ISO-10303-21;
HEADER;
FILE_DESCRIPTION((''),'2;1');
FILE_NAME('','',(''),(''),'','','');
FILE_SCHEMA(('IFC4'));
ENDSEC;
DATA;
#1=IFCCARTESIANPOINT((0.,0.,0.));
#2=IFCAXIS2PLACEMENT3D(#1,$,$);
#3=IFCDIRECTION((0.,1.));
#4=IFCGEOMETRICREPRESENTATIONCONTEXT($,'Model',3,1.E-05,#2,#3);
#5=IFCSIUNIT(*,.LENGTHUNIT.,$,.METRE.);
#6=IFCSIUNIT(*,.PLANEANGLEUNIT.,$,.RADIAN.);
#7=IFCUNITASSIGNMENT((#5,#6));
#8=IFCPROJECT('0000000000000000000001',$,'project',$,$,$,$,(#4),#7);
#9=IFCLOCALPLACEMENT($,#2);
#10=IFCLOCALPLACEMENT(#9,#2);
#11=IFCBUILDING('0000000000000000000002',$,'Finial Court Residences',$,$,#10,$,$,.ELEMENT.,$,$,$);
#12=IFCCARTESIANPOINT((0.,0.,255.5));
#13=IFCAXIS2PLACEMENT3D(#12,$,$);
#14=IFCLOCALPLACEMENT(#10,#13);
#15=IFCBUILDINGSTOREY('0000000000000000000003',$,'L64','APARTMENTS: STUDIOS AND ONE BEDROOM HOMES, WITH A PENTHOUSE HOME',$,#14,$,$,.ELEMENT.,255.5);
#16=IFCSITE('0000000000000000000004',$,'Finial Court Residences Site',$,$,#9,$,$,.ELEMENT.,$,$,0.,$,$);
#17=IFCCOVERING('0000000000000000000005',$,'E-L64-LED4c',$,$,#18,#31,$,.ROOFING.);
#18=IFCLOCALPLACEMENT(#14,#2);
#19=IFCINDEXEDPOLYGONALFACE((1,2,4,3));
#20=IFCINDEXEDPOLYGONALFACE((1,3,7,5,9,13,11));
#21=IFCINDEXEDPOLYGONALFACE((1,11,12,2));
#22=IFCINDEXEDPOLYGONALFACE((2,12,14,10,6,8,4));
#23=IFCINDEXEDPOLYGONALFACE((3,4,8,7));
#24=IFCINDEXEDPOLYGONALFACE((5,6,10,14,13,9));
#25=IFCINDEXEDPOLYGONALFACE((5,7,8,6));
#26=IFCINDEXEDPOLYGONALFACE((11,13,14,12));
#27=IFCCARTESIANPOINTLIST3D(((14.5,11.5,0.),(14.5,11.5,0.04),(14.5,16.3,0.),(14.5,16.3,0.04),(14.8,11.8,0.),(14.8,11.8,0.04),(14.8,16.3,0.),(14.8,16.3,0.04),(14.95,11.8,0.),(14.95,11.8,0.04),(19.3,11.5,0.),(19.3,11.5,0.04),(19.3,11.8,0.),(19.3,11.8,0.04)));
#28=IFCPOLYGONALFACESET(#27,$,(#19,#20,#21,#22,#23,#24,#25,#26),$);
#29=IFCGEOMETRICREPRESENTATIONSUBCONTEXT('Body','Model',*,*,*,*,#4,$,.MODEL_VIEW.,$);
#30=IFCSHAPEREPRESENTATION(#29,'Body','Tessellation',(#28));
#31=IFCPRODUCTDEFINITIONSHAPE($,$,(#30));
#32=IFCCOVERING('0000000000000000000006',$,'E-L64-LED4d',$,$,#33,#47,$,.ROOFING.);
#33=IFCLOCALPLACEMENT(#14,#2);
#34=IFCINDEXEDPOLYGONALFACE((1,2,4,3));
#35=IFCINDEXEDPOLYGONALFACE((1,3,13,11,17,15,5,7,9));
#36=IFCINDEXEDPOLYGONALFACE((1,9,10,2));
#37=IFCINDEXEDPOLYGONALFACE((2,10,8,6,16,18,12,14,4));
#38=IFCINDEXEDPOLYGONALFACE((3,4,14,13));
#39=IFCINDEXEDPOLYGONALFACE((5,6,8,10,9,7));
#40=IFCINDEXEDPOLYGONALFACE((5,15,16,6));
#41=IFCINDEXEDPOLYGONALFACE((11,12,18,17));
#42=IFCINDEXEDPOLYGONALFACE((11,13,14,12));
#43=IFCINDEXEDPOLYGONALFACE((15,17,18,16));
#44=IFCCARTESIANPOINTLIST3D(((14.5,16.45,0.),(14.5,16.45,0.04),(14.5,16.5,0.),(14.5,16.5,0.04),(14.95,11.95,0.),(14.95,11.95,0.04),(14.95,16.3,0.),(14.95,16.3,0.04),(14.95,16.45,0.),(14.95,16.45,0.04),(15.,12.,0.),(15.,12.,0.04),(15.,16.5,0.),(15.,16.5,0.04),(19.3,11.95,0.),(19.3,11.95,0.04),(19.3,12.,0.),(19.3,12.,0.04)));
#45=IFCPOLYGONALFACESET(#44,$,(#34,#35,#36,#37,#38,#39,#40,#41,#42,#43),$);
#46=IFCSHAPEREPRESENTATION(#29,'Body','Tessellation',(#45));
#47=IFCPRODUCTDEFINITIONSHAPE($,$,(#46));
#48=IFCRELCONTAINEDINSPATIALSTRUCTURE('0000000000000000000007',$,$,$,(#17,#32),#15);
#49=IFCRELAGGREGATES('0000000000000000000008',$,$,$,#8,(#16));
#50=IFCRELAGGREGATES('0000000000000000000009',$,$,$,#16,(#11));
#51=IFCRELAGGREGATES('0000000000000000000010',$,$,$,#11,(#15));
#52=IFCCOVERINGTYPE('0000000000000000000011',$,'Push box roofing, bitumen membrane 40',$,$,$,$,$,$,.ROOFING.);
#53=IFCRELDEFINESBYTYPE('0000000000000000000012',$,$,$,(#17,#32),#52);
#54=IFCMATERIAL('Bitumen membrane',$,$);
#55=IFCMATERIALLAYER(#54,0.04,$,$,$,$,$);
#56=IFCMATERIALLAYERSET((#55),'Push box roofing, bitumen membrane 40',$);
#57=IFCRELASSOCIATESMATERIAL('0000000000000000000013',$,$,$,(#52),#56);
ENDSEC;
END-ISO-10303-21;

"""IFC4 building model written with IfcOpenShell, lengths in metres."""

from ifc_helpers import new_model, si_unit, direction, frame, origin, place, context, subcontext, project, spatial, polyline, outline, extrude, material, layer, layer_set, type_object, element, save


model = new_model("IFC4")

# Units and contexts
model_context = context("Model", 3, precision=1e-05, world=origin(), true_north=direction((0.0, 1.0)))
body_context = subcontext(model_context, "Body", "Model", "MODEL_VIEW")
ifc_project = project(units=[si_unit("LENGTHUNIT", "METRE"), si_unit("PLANEANGLEUNIT", "RADIAN")], contexts=[model_context])

# Site, building, storey
site_placement = place(None, origin())
site = spatial("IfcSite", under=ifc_project, at=site_placement, Name="Finial Court Residences Site", CompositionType="ELEMENT", RefElevation=0.0)
building_placement = place(site_placement, origin())
building = spatial("IfcBuilding", under=site, at=building_placement, Name="Finial Court Residences", CompositionType="ELEMENT")
storey_placement = place(building_placement, frame((0.0, 0.0, 255.5)))
storey = spatial("IfcBuildingStorey", under=building, at=storey_placement, Name="L64", Description="APARTMENTS: STUDIOS AND ONE BEDROOM HOMES, WITH A PENTHOUSE HOME", CompositionType="ELEMENT", Elevation=255.5)

# Coverings
ifc_material_1 = material(Name="Bitumen membrane")
ifc_layer_1 = layer(ifc_material_1, 0.04)
ifc_layer_set_1 = layer_set([ifc_layer_1], Name="Push box roofing, bitumen membrane 40")
covering_type_1 = type_object("IfcCoveringType", Name="Push box roofing, bitumen membrane 40", PredefinedType="ROOFING", material=ifc_layer_set_1)
covering_1_placement = place(storey_placement, origin())
element("IfcCovering", 1, at=covering_1_placement, inside=storey, type_object=covering_type_1, Name="E-L64-LED4c", PredefinedType="ROOFING", context=body_context, shape_type="SweptSolid", body=[
    extrude(outline(polyline([(14.5, 11.5), (14.5, 16.3), (14.8, 16.3), (14.8, 11.8), (14.95, 11.8), (19.3, 11.8), (19.3, 11.5), (14.5, 11.5)])), origin(), (0.0, 0.0, 1.0), 0.04),
])
covering_2_placement = place(storey_placement, origin())
element("IfcCovering", 2, at=covering_2_placement, inside=storey, type_object=covering_type_1, Name="E-L64-LED4d", PredefinedType="ROOFING", context=body_context, shape_type="SweptSolid", body=[
    extrude(outline(polyline([(14.5, 16.5), (15.0, 16.5), (15.0, 12.0), (19.3, 12.0), (19.3, 11.95), (14.95, 11.95), (14.95, 16.3), (14.95, 16.45), (14.5, 16.45), (14.5, 16.5)])), origin(), (0.0, 0.0, 1.0), 0.04),
])

save(model, "model.ifc")
